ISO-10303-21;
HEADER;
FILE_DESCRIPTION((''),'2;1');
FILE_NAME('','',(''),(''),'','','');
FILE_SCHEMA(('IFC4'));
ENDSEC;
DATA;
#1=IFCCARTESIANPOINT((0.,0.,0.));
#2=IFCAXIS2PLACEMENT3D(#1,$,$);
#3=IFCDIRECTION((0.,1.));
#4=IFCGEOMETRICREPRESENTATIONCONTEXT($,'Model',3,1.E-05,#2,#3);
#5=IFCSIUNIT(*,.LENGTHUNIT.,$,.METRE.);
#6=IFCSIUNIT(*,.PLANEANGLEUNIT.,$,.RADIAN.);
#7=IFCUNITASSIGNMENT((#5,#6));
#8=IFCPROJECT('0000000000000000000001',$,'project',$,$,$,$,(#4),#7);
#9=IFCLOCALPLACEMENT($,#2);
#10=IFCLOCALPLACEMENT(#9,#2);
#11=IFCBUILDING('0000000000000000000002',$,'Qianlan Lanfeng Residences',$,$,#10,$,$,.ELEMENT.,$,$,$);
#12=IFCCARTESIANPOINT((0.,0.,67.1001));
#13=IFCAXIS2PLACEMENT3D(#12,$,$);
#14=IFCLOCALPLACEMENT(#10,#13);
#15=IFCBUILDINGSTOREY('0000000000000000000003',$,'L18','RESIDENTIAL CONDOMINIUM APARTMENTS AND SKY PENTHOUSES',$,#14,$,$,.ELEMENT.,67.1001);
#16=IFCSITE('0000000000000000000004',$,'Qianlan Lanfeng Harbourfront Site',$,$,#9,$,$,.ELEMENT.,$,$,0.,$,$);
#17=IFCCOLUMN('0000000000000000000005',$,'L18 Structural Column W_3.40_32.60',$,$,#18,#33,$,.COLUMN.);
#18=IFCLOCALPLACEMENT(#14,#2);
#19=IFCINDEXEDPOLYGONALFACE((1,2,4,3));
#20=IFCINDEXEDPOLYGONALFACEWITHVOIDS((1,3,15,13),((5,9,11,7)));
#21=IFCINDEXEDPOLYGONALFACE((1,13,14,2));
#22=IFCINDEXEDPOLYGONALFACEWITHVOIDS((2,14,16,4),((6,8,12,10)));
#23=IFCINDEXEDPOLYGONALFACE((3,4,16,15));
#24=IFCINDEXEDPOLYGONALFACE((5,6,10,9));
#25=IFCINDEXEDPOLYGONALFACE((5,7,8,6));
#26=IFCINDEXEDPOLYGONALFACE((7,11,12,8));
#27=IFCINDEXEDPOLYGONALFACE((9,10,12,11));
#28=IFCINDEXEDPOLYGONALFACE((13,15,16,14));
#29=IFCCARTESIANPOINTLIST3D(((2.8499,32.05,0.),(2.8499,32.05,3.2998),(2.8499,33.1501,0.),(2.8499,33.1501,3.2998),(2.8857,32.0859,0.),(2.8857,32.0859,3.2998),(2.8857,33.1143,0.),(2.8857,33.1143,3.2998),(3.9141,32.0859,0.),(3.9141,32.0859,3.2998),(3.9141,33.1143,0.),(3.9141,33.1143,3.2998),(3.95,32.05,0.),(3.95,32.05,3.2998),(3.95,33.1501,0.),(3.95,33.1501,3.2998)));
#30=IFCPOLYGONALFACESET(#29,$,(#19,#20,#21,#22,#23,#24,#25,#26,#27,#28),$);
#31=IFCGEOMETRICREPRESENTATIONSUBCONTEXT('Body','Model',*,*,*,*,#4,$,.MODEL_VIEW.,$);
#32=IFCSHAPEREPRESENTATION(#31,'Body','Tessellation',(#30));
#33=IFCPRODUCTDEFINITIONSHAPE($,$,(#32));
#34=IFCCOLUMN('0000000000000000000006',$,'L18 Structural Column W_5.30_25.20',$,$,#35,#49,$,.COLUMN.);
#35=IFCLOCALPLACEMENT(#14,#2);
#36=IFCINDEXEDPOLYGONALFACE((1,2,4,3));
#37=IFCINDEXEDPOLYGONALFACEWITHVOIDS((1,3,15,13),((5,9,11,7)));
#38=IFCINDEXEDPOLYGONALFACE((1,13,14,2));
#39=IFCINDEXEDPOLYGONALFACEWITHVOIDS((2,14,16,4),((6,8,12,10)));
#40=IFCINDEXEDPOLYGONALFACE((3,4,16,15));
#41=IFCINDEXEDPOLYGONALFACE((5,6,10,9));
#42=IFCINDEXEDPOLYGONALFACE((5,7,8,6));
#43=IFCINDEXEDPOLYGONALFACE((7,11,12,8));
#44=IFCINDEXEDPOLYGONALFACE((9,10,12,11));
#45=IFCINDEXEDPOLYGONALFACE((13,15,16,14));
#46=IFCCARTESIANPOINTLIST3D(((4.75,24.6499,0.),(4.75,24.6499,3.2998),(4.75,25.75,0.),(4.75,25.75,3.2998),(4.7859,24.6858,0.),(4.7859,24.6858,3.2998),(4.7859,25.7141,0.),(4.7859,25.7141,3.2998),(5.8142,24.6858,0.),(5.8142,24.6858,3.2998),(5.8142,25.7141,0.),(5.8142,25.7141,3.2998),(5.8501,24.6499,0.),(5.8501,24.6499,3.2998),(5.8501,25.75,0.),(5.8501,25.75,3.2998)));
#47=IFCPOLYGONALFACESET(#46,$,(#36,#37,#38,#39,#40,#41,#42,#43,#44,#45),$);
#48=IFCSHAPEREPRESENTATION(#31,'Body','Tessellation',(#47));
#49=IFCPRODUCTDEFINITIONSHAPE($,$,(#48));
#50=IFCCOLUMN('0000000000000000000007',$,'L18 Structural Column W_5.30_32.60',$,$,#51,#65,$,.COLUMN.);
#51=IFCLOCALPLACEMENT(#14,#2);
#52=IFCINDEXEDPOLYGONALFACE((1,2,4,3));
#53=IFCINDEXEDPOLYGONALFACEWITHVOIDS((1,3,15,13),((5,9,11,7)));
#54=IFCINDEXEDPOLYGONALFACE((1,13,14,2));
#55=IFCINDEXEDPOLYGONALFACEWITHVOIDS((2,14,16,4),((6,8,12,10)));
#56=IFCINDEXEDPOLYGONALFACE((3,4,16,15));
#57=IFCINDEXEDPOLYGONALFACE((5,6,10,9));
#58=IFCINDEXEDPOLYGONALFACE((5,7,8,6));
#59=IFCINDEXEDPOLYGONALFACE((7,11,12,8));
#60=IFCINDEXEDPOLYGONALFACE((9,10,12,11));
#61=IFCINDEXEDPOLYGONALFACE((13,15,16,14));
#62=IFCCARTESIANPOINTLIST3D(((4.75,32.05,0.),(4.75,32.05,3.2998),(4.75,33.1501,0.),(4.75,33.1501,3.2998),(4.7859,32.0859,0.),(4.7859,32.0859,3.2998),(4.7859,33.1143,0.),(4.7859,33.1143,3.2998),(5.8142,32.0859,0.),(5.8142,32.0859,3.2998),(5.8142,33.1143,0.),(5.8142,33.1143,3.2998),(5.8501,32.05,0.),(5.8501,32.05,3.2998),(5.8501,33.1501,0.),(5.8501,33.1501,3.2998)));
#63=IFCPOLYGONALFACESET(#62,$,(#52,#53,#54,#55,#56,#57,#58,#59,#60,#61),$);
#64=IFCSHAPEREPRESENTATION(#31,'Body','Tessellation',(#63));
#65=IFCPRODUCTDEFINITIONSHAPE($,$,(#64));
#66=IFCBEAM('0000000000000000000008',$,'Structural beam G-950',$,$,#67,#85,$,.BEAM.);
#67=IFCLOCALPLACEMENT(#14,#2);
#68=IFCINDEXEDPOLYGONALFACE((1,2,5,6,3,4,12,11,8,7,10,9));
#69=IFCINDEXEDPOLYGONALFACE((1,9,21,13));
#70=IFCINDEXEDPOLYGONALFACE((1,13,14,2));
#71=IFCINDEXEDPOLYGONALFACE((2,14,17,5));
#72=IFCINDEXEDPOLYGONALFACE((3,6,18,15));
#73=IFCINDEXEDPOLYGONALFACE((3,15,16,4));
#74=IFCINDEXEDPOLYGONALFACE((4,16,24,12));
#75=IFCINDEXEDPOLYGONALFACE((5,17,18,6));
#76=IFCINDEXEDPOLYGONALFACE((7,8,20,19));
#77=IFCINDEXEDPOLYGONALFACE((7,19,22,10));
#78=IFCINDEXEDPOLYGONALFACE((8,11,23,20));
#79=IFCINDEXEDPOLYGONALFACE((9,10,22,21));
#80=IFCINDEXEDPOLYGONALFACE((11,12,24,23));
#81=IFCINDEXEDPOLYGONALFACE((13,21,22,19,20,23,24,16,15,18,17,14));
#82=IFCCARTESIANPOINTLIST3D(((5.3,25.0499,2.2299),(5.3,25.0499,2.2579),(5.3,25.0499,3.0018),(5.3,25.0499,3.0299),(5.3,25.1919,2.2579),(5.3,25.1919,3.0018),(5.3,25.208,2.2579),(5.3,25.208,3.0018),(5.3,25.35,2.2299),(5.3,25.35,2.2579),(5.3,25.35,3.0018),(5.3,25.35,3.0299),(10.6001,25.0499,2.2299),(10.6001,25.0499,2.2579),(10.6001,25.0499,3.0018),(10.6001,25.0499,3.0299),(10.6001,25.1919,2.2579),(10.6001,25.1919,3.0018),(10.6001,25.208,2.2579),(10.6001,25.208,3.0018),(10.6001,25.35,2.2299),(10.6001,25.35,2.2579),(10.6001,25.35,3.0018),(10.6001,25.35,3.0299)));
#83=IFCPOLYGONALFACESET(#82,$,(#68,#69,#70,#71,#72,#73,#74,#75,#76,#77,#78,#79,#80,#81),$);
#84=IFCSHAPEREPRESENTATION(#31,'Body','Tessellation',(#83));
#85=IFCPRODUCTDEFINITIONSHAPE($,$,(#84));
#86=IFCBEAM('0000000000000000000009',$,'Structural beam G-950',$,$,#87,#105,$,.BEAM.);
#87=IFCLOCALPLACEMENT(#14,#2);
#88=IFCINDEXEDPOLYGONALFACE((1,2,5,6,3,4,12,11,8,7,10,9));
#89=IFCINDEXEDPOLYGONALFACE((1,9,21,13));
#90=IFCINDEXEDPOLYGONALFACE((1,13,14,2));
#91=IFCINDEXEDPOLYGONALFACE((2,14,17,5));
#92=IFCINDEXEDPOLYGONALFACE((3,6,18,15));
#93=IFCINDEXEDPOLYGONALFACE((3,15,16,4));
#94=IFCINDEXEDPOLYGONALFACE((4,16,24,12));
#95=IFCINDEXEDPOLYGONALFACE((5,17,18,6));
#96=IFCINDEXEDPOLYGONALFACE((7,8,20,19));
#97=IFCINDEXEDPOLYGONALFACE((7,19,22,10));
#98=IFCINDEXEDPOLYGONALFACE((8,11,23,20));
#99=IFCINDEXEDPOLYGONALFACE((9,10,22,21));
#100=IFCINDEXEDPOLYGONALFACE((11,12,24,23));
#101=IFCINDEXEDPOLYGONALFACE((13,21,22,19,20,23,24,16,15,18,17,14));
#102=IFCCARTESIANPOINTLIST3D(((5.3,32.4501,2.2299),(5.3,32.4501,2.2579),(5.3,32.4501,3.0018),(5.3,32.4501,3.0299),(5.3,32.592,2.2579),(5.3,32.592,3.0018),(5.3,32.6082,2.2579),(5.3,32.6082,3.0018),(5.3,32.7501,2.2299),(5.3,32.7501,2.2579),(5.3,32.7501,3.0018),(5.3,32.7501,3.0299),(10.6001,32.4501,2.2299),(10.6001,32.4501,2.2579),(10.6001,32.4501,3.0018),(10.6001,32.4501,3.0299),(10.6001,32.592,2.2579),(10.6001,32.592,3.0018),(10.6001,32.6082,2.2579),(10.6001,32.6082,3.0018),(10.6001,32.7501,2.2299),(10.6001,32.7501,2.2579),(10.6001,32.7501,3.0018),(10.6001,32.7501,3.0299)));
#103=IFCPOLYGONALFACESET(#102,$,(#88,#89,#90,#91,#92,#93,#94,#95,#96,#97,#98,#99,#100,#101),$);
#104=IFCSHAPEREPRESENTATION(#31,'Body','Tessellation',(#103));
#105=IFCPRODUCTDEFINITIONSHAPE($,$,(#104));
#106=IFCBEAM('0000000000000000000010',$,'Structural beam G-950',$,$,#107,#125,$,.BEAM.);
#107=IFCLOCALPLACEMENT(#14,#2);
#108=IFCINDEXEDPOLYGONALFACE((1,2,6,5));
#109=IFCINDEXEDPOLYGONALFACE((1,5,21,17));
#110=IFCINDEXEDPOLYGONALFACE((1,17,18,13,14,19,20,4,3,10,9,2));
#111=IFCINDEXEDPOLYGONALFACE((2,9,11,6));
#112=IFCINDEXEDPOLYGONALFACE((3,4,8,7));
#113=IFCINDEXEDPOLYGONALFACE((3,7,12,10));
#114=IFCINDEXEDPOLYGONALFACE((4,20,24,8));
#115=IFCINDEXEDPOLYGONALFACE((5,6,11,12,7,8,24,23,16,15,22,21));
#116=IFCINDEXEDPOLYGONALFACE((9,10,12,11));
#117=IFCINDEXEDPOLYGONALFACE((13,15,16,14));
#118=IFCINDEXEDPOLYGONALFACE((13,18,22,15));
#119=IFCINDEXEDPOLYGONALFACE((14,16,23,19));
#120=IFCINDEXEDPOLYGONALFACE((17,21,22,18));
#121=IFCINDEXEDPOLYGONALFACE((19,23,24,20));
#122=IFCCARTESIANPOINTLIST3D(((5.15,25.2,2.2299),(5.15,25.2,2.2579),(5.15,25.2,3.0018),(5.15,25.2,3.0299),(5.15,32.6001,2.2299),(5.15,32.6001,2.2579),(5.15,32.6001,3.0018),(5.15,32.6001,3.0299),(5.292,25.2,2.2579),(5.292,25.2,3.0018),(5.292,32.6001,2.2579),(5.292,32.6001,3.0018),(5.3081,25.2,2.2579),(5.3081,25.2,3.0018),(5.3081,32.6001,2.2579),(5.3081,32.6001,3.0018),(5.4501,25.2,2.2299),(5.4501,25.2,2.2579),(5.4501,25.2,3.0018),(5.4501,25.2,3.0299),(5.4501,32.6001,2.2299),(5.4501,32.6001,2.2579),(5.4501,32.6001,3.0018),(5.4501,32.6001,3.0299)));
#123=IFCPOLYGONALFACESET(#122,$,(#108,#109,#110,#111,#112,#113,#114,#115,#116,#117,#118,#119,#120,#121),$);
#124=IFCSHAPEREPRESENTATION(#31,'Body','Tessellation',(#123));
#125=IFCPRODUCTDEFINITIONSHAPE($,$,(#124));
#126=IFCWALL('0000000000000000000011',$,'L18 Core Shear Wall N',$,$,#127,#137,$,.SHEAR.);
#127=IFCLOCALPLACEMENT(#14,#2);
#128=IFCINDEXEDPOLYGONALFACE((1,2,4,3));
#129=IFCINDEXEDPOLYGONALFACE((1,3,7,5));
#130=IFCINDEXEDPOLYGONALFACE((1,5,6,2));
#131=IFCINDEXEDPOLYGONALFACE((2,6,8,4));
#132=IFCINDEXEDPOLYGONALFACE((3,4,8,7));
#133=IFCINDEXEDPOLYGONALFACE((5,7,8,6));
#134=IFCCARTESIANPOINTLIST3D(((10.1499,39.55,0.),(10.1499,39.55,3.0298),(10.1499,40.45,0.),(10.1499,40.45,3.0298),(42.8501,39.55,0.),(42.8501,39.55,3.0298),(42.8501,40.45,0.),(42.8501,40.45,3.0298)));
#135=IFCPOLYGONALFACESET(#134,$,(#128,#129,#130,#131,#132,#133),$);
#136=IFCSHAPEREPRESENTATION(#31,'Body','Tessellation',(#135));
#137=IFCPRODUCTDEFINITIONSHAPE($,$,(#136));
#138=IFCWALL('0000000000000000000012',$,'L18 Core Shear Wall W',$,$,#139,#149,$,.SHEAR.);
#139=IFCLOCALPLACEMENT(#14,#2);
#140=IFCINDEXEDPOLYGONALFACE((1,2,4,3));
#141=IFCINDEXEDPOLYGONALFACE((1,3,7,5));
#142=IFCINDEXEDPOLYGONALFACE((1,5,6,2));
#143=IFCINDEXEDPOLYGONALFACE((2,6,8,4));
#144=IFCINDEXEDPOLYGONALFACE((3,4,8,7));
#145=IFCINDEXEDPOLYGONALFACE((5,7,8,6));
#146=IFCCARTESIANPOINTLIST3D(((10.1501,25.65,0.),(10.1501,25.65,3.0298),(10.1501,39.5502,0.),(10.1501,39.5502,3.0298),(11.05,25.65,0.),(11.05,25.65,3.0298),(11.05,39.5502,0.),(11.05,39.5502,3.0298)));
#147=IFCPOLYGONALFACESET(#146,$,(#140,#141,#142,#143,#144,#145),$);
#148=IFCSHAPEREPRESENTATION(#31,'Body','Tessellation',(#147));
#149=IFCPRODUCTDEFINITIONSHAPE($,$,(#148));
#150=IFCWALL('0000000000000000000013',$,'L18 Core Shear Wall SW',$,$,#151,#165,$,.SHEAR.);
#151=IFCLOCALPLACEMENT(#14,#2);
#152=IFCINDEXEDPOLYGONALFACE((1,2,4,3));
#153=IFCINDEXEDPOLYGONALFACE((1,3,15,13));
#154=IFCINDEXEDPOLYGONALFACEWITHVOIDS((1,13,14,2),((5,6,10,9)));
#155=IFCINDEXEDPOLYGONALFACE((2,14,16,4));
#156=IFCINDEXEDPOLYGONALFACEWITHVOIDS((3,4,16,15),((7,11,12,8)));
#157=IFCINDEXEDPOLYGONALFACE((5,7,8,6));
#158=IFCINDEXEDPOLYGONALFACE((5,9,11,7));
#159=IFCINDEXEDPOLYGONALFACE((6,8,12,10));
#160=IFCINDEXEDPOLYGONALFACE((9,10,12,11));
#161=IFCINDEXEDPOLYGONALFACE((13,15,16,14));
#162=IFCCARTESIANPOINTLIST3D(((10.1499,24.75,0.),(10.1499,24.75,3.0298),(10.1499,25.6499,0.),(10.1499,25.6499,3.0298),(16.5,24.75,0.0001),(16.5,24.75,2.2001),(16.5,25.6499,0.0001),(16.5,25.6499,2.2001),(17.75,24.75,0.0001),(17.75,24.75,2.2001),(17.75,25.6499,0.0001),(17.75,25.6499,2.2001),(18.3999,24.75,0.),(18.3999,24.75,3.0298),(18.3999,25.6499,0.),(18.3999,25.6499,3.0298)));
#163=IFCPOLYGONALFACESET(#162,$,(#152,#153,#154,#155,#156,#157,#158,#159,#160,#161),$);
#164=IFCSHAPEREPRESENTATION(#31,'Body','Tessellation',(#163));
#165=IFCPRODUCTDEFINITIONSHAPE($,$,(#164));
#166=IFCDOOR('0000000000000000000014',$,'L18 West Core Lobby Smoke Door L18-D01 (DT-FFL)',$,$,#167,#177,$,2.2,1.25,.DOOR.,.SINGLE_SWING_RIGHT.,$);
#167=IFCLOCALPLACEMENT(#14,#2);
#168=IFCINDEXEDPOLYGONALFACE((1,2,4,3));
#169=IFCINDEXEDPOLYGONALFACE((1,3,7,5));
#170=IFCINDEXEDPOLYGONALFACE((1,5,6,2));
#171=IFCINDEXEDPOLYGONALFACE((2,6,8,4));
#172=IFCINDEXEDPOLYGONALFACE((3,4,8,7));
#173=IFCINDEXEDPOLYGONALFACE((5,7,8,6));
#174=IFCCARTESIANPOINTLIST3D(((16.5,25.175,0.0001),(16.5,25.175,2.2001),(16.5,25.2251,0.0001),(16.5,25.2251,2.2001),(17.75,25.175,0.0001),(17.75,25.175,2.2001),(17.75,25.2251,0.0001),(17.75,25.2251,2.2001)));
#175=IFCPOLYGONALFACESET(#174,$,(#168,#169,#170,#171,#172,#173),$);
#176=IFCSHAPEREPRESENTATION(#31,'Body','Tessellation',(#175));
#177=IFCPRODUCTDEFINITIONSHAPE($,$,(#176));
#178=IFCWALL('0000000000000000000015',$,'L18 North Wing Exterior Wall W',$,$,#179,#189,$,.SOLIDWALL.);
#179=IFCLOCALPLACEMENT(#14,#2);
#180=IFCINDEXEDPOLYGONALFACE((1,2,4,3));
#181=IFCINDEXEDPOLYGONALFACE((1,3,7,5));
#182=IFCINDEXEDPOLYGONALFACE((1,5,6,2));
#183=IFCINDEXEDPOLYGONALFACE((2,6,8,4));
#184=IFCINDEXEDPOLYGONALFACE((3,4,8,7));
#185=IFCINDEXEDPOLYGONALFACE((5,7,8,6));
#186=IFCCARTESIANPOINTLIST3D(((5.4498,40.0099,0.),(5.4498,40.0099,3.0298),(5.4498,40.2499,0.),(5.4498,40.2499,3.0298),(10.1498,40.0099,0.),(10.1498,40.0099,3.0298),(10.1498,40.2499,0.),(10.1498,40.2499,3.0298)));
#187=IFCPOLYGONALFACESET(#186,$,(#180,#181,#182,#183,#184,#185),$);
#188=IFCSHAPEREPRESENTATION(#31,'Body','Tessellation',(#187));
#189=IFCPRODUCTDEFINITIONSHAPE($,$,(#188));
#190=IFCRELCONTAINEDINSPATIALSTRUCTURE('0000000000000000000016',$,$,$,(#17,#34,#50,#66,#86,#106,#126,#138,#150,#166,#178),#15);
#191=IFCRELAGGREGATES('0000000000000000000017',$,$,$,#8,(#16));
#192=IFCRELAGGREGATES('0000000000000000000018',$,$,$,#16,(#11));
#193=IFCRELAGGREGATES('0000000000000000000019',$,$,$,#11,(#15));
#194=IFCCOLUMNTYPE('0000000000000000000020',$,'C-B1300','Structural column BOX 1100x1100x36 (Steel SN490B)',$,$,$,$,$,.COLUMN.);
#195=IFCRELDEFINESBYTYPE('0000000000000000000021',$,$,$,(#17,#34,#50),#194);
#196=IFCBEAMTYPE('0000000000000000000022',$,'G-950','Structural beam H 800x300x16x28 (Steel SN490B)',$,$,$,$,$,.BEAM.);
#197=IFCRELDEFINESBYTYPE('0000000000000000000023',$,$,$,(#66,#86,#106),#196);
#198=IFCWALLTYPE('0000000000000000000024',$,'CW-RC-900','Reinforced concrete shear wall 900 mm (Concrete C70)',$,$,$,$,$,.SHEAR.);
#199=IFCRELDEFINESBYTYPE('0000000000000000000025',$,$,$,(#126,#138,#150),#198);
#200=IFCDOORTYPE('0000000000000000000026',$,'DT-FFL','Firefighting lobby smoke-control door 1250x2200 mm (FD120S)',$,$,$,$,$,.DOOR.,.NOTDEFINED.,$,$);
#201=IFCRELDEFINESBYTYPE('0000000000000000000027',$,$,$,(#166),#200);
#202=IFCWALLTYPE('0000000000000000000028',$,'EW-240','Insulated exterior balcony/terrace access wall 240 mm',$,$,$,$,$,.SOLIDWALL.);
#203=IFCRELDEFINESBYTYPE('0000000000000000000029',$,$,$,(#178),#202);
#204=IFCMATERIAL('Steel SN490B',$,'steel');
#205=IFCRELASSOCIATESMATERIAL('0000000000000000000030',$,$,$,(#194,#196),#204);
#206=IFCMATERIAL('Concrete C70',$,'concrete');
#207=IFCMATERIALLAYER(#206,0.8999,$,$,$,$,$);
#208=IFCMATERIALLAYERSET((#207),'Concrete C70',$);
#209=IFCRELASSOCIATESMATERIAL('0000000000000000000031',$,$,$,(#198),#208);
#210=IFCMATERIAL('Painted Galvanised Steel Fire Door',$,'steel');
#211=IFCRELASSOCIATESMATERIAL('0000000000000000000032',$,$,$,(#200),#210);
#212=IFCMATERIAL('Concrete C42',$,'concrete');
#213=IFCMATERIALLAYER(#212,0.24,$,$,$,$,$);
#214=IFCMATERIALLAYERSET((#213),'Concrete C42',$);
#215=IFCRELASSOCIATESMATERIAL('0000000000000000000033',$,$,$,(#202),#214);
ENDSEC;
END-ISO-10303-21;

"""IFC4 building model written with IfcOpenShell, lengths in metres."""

from ifc_helpers import new_model, si_unit, direction, frame, frame_2d, origin, origin_2d, place, context, subcontext, project, spatial, rectangle, hollow_rectangle, i_section, extrude, material, layer, layer_set, material_profile, profile_set, type_object, element, fill, save


model = new_model("IFC4")

# Units and contexts
model_context = context("Model", 3, precision=1e-05, world=origin(), true_north=direction((0.0, 1.0)))
body_context = subcontext(model_context, "Body", "Model", "MODEL_VIEW")
ifc_project = project(units=[si_unit("LENGTHUNIT", "METRE"), si_unit("PLANEANGLEUNIT", "RADIAN")], contexts=[model_context])

# Site, building, storey
site_placement = place(None, origin())
site = spatial("IfcSite", under=ifc_project, at=site_placement, Name="Qianlan Lanfeng Harbourfront Site", CompositionType="ELEMENT", RefElevation=0.0)
building_placement = place(site_placement, origin())
building = spatial("IfcBuilding", under=site, at=building_placement, Name="Qianlan Lanfeng Residences", CompositionType="ELEMENT")
storey_placement = place(building_placement, frame((0.0, 0.0, 67.1001)))
storey = spatial("IfcBuildingStorey", under=building, at=storey_placement, Name="L18", Description="RESIDENTIAL CONDOMINIUM APARTMENTS AND SKY PENTHOUSES", CompositionType="ELEMENT", Elevation=67.1001)

# Columns
ifc_material_1 = material(Name="Steel SN490B", Category="steel")
ifc_material_profile_1 = material_profile(ifc_material_1, hollow_rectangle(XDim=1.1001, YDim=1.1001, WallThickness=0.0359, at=origin_2d()), Name="BOX 1100x1100x36")
ifc_profile_set_1 = profile_set([ifc_material_profile_1], Name="Steel SN490B")
column_type = type_object("IfcColumnType", Name="C-B1300", Description="Structural column BOX 1100x1100x36 (Steel SN490B)", PredefinedType="COLUMN", material=ifc_profile_set_1)
for number, where, z_axis, x_axis, name in (
    (1, (3.3999, 32.6001, 0.0), (0.0, 0.0, 1.0), (1.0, 0.0, 0.0), "L18 Structural Column W_3.40_32.60"),
    (2, (5.3, 25.2, 0.0), (0.0, 0.0, 1.0), (1.0, 0.0, 0.0), "L18 Structural Column W_5.30_25.20"),
    (3, (5.3, 32.6001, 0.0), (0.0, 0.0, 1.0), (1.0, 0.0, 0.0), "L18 Structural Column W_5.30_32.60"),
):
    element("IfcColumn", number, at=place(storey_placement, frame(where, z_axis=z_axis, x_axis=x_axis)), inside=storey, type_object=column_type, Name=name, PredefinedType="COLUMN", context=body_context, shape_type="SweptSolid", body=[
        extrude(hollow_rectangle(XDim=1.1001, YDim=1.1001, WallThickness=0.0359, at=origin_2d()), origin(), (0.0, 0.0, 1.0), 3.2998),
    ])

# Beams
ifc_material_profile_2 = material_profile(ifc_material_1, i_section(OverallWidth=0.3, OverallDepth=0.8, WebThickness=0.0161, FlangeThickness=0.0281, at=origin_2d()), Name="H 800x300x16x28")
ifc_profile_set_2 = profile_set([ifc_material_profile_2], Name="Steel SN490B")
beam_type = type_object("IfcBeamType", Name="G-950", Description="Structural beam H 800x300x16x28 (Steel SN490B)", PredefinedType="BEAM", material=ifc_profile_set_2)
for number, where, z_axis, x_axis, name in (
    (4, (5.3, 25.2, 2.6299), (1.0, 0.0, 0.0), (0.0, 1.0, 0.0), "Structural beam G-950"),
    (5, (5.3, 32.6001, 2.6299), (1.0, 0.0, 0.0), (0.0, 1.0, 0.0), "Structural beam G-950"),
):
    element("IfcBeam", number, at=place(storey_placement, frame(where, z_axis=z_axis, x_axis=x_axis)), inside=storey, type_object=beam_type, Name=name, PredefinedType="BEAM", context=body_context, shape_type="SweptSolid", body=[
        extrude(i_section(OverallWidth=0.3, OverallDepth=0.8, WebThickness=0.0161, FlangeThickness=0.0281, at=origin_2d()), origin(), (0.0, 0.0, 1.0), 5.3),
    ])
beam_placement = place(storey_placement, frame((5.3, 25.2, 2.6299), z_axis=(0.0, 1.0, 0.0), x_axis=(-1.0, 0.0, 0.0)))
element("IfcBeam", 6, at=beam_placement, inside=storey, type_object=beam_type, Name="Structural beam G-950", PredefinedType="BEAM", context=body_context, shape_type="SweptSolid", body=[
    extrude(i_section(OverallWidth=0.3, OverallDepth=0.8, WebThickness=0.0161, FlangeThickness=0.0281, at=origin_2d()), origin(), (0.0, 0.0, 1.0), 7.4001),
])

# Walls
ifc_material_2 = material(Name="Concrete C70", Category="concrete")
ifc_layer_1 = layer(ifc_material_2, 0.8999)
ifc_layer_set_1 = layer_set([ifc_layer_1], Name="Concrete C70")
wall_type_1 = type_object("IfcWallType", Name="CW-RC-900", Description="Reinforced concrete shear wall 900 mm (Concrete C70)", PredefinedType="SHEAR", material=ifc_layer_set_1)
wall_1_placement = place(storey_placement, frame((10.1499, 40.0, 0.0), z_axis=(0.0, 0.0, 1.0), x_axis=(1.0, 0.0, 0.0)))
element("IfcWall", 7, at=wall_1_placement, inside=storey, type_object=wall_type_1, Name="L18 Core Shear Wall N", PredefinedType="SHEAR", context=body_context, shape_type="SweptSolid", body=[
    extrude(rectangle(XDim=32.7002, YDim=0.8999, at=frame_2d((16.3501, 0.0))), origin(), (0.0, 0.0, 1.0), 3.0298),
])
wall_2_placement = place(storey_placement, frame((10.6001, 25.6499, 0.0), z_axis=(0.0, 0.0, 1.0), x_axis=(0.0, 1.0, 0.0)))
element("IfcWall", 8, at=wall_2_placement, inside=storey, type_object=wall_type_1, Name="L18 Core Shear Wall W", PredefinedType="SHEAR", context=body_context, shape_type="SweptSolid", body=[
    extrude(rectangle(XDim=13.9001, YDim=0.8999, at=frame_2d((6.9502, 0.0))), origin(), (0.0, 0.0, 1.0), 3.0298),
])

# Wall, opening, door
wall_3_placement = place(storey_placement, frame((10.1499, 25.2, 0.0), z_axis=(0.0, 0.0, 1.0), x_axis=(1.0, 0.0, 0.0)))
wall_3 = element("IfcWall", 9, at=wall_3_placement, inside=storey, type_object=wall_type_1, Name="L18 Core Shear Wall SW", PredefinedType="SHEAR", context=body_context, shape_type="SweptSolid", body=[
    extrude(rectangle(XDim=8.25, YDim=0.8999, at=frame_2d((4.125, 0.0))), origin(), (0.0, 0.0, 1.0), 3.0298),
])
opening_1_placement = place(wall_3_placement, frame((6.3501, 0.0, 0.0)))
opening_1 = element("IfcOpeningElement", 10, at=opening_1_placement, cuts=wall_3, PredefinedType="OPENING", context=body_context, shape_type="SweptSolid", body=[
    extrude(rectangle(XDim=1.25, YDim=2.2, at=frame_2d((0.625, 1.1001))), frame((0.0, 0.46, 0.0), z_axis=(0.0, -1.0, 0.0), x_axis=(1.0, 0.0, 0.0)), (0.0, 0.0, 1.0), 0.9199),
])
ifc_material_3 = material(Name="Painted Galvanised Steel Fire Door", Category="steel")
door_type_1 = type_object("IfcDoorType", Name="DT-FFL", Description="Firefighting lobby smoke-control door 1250x2200 mm (FD120S)", OperationType="NOTDEFINED", PredefinedType="DOOR", material=ifc_material_3)
door_1_placement = place(opening_1_placement, frame((1.25, 0.0, 0.0), z_axis=(0.0, 0.0, 1.0), x_axis=(-1.0, 0.0, 0.0)))
door_1 = element("IfcDoor", 11, at=door_1_placement, inside=storey, type_object=door_type_1, Name="L18 West Core Lobby Smoke Door L18-D01 (DT-FFL)", OperationType="SINGLE_SWING_RIGHT", OverallHeight=2.2, OverallWidth=1.25, PredefinedType="DOOR", context=body_context, shape_type="SweptSolid", body=[
    extrude(rectangle(XDim=1.25, YDim=2.2, at=frame_2d((0.625, 1.1001))), frame((0.0, 0.0249, 0.0), z_axis=(0.0, -1.0, 0.0), x_axis=(1.0, 0.0, 0.0)), (0.0, 0.0, 1.0), 0.05),
])
fill(opening_1, door_1)

# Wall
ifc_material_4 = material(Name="Concrete C42", Category="concrete")
ifc_layer_2 = layer(ifc_material_4, 0.24)
ifc_layer_set_2 = layer_set([ifc_layer_2], Name="Concrete C42")
wall_type_2 = type_object("IfcWallType", Name="EW-240", Description="Insulated exterior balcony/terrace access wall 240 mm", PredefinedType="SOLIDWALL", material=ifc_layer_set_2)
wall_4_placement = place(storey_placement, frame((10.1499, 40.1299, 0.0), z_axis=(0.0, 0.0, 1.0), x_axis=(-1.0, 0.0, 0.0)))
element("IfcWall", 12, at=wall_4_placement, inside=storey, type_object=wall_type_2, Name="L18 North Wing Exterior Wall W", PredefinedType="SOLIDWALL", context=body_context, shape_type="SweptSolid", body=[
    extrude(rectangle(XDim=4.7, YDim=0.24, at=frame_2d((2.3501, 0.0))), origin(), (0.0, 0.0, 1.0), 3.0298),
])

save(model, "model.ifc")
